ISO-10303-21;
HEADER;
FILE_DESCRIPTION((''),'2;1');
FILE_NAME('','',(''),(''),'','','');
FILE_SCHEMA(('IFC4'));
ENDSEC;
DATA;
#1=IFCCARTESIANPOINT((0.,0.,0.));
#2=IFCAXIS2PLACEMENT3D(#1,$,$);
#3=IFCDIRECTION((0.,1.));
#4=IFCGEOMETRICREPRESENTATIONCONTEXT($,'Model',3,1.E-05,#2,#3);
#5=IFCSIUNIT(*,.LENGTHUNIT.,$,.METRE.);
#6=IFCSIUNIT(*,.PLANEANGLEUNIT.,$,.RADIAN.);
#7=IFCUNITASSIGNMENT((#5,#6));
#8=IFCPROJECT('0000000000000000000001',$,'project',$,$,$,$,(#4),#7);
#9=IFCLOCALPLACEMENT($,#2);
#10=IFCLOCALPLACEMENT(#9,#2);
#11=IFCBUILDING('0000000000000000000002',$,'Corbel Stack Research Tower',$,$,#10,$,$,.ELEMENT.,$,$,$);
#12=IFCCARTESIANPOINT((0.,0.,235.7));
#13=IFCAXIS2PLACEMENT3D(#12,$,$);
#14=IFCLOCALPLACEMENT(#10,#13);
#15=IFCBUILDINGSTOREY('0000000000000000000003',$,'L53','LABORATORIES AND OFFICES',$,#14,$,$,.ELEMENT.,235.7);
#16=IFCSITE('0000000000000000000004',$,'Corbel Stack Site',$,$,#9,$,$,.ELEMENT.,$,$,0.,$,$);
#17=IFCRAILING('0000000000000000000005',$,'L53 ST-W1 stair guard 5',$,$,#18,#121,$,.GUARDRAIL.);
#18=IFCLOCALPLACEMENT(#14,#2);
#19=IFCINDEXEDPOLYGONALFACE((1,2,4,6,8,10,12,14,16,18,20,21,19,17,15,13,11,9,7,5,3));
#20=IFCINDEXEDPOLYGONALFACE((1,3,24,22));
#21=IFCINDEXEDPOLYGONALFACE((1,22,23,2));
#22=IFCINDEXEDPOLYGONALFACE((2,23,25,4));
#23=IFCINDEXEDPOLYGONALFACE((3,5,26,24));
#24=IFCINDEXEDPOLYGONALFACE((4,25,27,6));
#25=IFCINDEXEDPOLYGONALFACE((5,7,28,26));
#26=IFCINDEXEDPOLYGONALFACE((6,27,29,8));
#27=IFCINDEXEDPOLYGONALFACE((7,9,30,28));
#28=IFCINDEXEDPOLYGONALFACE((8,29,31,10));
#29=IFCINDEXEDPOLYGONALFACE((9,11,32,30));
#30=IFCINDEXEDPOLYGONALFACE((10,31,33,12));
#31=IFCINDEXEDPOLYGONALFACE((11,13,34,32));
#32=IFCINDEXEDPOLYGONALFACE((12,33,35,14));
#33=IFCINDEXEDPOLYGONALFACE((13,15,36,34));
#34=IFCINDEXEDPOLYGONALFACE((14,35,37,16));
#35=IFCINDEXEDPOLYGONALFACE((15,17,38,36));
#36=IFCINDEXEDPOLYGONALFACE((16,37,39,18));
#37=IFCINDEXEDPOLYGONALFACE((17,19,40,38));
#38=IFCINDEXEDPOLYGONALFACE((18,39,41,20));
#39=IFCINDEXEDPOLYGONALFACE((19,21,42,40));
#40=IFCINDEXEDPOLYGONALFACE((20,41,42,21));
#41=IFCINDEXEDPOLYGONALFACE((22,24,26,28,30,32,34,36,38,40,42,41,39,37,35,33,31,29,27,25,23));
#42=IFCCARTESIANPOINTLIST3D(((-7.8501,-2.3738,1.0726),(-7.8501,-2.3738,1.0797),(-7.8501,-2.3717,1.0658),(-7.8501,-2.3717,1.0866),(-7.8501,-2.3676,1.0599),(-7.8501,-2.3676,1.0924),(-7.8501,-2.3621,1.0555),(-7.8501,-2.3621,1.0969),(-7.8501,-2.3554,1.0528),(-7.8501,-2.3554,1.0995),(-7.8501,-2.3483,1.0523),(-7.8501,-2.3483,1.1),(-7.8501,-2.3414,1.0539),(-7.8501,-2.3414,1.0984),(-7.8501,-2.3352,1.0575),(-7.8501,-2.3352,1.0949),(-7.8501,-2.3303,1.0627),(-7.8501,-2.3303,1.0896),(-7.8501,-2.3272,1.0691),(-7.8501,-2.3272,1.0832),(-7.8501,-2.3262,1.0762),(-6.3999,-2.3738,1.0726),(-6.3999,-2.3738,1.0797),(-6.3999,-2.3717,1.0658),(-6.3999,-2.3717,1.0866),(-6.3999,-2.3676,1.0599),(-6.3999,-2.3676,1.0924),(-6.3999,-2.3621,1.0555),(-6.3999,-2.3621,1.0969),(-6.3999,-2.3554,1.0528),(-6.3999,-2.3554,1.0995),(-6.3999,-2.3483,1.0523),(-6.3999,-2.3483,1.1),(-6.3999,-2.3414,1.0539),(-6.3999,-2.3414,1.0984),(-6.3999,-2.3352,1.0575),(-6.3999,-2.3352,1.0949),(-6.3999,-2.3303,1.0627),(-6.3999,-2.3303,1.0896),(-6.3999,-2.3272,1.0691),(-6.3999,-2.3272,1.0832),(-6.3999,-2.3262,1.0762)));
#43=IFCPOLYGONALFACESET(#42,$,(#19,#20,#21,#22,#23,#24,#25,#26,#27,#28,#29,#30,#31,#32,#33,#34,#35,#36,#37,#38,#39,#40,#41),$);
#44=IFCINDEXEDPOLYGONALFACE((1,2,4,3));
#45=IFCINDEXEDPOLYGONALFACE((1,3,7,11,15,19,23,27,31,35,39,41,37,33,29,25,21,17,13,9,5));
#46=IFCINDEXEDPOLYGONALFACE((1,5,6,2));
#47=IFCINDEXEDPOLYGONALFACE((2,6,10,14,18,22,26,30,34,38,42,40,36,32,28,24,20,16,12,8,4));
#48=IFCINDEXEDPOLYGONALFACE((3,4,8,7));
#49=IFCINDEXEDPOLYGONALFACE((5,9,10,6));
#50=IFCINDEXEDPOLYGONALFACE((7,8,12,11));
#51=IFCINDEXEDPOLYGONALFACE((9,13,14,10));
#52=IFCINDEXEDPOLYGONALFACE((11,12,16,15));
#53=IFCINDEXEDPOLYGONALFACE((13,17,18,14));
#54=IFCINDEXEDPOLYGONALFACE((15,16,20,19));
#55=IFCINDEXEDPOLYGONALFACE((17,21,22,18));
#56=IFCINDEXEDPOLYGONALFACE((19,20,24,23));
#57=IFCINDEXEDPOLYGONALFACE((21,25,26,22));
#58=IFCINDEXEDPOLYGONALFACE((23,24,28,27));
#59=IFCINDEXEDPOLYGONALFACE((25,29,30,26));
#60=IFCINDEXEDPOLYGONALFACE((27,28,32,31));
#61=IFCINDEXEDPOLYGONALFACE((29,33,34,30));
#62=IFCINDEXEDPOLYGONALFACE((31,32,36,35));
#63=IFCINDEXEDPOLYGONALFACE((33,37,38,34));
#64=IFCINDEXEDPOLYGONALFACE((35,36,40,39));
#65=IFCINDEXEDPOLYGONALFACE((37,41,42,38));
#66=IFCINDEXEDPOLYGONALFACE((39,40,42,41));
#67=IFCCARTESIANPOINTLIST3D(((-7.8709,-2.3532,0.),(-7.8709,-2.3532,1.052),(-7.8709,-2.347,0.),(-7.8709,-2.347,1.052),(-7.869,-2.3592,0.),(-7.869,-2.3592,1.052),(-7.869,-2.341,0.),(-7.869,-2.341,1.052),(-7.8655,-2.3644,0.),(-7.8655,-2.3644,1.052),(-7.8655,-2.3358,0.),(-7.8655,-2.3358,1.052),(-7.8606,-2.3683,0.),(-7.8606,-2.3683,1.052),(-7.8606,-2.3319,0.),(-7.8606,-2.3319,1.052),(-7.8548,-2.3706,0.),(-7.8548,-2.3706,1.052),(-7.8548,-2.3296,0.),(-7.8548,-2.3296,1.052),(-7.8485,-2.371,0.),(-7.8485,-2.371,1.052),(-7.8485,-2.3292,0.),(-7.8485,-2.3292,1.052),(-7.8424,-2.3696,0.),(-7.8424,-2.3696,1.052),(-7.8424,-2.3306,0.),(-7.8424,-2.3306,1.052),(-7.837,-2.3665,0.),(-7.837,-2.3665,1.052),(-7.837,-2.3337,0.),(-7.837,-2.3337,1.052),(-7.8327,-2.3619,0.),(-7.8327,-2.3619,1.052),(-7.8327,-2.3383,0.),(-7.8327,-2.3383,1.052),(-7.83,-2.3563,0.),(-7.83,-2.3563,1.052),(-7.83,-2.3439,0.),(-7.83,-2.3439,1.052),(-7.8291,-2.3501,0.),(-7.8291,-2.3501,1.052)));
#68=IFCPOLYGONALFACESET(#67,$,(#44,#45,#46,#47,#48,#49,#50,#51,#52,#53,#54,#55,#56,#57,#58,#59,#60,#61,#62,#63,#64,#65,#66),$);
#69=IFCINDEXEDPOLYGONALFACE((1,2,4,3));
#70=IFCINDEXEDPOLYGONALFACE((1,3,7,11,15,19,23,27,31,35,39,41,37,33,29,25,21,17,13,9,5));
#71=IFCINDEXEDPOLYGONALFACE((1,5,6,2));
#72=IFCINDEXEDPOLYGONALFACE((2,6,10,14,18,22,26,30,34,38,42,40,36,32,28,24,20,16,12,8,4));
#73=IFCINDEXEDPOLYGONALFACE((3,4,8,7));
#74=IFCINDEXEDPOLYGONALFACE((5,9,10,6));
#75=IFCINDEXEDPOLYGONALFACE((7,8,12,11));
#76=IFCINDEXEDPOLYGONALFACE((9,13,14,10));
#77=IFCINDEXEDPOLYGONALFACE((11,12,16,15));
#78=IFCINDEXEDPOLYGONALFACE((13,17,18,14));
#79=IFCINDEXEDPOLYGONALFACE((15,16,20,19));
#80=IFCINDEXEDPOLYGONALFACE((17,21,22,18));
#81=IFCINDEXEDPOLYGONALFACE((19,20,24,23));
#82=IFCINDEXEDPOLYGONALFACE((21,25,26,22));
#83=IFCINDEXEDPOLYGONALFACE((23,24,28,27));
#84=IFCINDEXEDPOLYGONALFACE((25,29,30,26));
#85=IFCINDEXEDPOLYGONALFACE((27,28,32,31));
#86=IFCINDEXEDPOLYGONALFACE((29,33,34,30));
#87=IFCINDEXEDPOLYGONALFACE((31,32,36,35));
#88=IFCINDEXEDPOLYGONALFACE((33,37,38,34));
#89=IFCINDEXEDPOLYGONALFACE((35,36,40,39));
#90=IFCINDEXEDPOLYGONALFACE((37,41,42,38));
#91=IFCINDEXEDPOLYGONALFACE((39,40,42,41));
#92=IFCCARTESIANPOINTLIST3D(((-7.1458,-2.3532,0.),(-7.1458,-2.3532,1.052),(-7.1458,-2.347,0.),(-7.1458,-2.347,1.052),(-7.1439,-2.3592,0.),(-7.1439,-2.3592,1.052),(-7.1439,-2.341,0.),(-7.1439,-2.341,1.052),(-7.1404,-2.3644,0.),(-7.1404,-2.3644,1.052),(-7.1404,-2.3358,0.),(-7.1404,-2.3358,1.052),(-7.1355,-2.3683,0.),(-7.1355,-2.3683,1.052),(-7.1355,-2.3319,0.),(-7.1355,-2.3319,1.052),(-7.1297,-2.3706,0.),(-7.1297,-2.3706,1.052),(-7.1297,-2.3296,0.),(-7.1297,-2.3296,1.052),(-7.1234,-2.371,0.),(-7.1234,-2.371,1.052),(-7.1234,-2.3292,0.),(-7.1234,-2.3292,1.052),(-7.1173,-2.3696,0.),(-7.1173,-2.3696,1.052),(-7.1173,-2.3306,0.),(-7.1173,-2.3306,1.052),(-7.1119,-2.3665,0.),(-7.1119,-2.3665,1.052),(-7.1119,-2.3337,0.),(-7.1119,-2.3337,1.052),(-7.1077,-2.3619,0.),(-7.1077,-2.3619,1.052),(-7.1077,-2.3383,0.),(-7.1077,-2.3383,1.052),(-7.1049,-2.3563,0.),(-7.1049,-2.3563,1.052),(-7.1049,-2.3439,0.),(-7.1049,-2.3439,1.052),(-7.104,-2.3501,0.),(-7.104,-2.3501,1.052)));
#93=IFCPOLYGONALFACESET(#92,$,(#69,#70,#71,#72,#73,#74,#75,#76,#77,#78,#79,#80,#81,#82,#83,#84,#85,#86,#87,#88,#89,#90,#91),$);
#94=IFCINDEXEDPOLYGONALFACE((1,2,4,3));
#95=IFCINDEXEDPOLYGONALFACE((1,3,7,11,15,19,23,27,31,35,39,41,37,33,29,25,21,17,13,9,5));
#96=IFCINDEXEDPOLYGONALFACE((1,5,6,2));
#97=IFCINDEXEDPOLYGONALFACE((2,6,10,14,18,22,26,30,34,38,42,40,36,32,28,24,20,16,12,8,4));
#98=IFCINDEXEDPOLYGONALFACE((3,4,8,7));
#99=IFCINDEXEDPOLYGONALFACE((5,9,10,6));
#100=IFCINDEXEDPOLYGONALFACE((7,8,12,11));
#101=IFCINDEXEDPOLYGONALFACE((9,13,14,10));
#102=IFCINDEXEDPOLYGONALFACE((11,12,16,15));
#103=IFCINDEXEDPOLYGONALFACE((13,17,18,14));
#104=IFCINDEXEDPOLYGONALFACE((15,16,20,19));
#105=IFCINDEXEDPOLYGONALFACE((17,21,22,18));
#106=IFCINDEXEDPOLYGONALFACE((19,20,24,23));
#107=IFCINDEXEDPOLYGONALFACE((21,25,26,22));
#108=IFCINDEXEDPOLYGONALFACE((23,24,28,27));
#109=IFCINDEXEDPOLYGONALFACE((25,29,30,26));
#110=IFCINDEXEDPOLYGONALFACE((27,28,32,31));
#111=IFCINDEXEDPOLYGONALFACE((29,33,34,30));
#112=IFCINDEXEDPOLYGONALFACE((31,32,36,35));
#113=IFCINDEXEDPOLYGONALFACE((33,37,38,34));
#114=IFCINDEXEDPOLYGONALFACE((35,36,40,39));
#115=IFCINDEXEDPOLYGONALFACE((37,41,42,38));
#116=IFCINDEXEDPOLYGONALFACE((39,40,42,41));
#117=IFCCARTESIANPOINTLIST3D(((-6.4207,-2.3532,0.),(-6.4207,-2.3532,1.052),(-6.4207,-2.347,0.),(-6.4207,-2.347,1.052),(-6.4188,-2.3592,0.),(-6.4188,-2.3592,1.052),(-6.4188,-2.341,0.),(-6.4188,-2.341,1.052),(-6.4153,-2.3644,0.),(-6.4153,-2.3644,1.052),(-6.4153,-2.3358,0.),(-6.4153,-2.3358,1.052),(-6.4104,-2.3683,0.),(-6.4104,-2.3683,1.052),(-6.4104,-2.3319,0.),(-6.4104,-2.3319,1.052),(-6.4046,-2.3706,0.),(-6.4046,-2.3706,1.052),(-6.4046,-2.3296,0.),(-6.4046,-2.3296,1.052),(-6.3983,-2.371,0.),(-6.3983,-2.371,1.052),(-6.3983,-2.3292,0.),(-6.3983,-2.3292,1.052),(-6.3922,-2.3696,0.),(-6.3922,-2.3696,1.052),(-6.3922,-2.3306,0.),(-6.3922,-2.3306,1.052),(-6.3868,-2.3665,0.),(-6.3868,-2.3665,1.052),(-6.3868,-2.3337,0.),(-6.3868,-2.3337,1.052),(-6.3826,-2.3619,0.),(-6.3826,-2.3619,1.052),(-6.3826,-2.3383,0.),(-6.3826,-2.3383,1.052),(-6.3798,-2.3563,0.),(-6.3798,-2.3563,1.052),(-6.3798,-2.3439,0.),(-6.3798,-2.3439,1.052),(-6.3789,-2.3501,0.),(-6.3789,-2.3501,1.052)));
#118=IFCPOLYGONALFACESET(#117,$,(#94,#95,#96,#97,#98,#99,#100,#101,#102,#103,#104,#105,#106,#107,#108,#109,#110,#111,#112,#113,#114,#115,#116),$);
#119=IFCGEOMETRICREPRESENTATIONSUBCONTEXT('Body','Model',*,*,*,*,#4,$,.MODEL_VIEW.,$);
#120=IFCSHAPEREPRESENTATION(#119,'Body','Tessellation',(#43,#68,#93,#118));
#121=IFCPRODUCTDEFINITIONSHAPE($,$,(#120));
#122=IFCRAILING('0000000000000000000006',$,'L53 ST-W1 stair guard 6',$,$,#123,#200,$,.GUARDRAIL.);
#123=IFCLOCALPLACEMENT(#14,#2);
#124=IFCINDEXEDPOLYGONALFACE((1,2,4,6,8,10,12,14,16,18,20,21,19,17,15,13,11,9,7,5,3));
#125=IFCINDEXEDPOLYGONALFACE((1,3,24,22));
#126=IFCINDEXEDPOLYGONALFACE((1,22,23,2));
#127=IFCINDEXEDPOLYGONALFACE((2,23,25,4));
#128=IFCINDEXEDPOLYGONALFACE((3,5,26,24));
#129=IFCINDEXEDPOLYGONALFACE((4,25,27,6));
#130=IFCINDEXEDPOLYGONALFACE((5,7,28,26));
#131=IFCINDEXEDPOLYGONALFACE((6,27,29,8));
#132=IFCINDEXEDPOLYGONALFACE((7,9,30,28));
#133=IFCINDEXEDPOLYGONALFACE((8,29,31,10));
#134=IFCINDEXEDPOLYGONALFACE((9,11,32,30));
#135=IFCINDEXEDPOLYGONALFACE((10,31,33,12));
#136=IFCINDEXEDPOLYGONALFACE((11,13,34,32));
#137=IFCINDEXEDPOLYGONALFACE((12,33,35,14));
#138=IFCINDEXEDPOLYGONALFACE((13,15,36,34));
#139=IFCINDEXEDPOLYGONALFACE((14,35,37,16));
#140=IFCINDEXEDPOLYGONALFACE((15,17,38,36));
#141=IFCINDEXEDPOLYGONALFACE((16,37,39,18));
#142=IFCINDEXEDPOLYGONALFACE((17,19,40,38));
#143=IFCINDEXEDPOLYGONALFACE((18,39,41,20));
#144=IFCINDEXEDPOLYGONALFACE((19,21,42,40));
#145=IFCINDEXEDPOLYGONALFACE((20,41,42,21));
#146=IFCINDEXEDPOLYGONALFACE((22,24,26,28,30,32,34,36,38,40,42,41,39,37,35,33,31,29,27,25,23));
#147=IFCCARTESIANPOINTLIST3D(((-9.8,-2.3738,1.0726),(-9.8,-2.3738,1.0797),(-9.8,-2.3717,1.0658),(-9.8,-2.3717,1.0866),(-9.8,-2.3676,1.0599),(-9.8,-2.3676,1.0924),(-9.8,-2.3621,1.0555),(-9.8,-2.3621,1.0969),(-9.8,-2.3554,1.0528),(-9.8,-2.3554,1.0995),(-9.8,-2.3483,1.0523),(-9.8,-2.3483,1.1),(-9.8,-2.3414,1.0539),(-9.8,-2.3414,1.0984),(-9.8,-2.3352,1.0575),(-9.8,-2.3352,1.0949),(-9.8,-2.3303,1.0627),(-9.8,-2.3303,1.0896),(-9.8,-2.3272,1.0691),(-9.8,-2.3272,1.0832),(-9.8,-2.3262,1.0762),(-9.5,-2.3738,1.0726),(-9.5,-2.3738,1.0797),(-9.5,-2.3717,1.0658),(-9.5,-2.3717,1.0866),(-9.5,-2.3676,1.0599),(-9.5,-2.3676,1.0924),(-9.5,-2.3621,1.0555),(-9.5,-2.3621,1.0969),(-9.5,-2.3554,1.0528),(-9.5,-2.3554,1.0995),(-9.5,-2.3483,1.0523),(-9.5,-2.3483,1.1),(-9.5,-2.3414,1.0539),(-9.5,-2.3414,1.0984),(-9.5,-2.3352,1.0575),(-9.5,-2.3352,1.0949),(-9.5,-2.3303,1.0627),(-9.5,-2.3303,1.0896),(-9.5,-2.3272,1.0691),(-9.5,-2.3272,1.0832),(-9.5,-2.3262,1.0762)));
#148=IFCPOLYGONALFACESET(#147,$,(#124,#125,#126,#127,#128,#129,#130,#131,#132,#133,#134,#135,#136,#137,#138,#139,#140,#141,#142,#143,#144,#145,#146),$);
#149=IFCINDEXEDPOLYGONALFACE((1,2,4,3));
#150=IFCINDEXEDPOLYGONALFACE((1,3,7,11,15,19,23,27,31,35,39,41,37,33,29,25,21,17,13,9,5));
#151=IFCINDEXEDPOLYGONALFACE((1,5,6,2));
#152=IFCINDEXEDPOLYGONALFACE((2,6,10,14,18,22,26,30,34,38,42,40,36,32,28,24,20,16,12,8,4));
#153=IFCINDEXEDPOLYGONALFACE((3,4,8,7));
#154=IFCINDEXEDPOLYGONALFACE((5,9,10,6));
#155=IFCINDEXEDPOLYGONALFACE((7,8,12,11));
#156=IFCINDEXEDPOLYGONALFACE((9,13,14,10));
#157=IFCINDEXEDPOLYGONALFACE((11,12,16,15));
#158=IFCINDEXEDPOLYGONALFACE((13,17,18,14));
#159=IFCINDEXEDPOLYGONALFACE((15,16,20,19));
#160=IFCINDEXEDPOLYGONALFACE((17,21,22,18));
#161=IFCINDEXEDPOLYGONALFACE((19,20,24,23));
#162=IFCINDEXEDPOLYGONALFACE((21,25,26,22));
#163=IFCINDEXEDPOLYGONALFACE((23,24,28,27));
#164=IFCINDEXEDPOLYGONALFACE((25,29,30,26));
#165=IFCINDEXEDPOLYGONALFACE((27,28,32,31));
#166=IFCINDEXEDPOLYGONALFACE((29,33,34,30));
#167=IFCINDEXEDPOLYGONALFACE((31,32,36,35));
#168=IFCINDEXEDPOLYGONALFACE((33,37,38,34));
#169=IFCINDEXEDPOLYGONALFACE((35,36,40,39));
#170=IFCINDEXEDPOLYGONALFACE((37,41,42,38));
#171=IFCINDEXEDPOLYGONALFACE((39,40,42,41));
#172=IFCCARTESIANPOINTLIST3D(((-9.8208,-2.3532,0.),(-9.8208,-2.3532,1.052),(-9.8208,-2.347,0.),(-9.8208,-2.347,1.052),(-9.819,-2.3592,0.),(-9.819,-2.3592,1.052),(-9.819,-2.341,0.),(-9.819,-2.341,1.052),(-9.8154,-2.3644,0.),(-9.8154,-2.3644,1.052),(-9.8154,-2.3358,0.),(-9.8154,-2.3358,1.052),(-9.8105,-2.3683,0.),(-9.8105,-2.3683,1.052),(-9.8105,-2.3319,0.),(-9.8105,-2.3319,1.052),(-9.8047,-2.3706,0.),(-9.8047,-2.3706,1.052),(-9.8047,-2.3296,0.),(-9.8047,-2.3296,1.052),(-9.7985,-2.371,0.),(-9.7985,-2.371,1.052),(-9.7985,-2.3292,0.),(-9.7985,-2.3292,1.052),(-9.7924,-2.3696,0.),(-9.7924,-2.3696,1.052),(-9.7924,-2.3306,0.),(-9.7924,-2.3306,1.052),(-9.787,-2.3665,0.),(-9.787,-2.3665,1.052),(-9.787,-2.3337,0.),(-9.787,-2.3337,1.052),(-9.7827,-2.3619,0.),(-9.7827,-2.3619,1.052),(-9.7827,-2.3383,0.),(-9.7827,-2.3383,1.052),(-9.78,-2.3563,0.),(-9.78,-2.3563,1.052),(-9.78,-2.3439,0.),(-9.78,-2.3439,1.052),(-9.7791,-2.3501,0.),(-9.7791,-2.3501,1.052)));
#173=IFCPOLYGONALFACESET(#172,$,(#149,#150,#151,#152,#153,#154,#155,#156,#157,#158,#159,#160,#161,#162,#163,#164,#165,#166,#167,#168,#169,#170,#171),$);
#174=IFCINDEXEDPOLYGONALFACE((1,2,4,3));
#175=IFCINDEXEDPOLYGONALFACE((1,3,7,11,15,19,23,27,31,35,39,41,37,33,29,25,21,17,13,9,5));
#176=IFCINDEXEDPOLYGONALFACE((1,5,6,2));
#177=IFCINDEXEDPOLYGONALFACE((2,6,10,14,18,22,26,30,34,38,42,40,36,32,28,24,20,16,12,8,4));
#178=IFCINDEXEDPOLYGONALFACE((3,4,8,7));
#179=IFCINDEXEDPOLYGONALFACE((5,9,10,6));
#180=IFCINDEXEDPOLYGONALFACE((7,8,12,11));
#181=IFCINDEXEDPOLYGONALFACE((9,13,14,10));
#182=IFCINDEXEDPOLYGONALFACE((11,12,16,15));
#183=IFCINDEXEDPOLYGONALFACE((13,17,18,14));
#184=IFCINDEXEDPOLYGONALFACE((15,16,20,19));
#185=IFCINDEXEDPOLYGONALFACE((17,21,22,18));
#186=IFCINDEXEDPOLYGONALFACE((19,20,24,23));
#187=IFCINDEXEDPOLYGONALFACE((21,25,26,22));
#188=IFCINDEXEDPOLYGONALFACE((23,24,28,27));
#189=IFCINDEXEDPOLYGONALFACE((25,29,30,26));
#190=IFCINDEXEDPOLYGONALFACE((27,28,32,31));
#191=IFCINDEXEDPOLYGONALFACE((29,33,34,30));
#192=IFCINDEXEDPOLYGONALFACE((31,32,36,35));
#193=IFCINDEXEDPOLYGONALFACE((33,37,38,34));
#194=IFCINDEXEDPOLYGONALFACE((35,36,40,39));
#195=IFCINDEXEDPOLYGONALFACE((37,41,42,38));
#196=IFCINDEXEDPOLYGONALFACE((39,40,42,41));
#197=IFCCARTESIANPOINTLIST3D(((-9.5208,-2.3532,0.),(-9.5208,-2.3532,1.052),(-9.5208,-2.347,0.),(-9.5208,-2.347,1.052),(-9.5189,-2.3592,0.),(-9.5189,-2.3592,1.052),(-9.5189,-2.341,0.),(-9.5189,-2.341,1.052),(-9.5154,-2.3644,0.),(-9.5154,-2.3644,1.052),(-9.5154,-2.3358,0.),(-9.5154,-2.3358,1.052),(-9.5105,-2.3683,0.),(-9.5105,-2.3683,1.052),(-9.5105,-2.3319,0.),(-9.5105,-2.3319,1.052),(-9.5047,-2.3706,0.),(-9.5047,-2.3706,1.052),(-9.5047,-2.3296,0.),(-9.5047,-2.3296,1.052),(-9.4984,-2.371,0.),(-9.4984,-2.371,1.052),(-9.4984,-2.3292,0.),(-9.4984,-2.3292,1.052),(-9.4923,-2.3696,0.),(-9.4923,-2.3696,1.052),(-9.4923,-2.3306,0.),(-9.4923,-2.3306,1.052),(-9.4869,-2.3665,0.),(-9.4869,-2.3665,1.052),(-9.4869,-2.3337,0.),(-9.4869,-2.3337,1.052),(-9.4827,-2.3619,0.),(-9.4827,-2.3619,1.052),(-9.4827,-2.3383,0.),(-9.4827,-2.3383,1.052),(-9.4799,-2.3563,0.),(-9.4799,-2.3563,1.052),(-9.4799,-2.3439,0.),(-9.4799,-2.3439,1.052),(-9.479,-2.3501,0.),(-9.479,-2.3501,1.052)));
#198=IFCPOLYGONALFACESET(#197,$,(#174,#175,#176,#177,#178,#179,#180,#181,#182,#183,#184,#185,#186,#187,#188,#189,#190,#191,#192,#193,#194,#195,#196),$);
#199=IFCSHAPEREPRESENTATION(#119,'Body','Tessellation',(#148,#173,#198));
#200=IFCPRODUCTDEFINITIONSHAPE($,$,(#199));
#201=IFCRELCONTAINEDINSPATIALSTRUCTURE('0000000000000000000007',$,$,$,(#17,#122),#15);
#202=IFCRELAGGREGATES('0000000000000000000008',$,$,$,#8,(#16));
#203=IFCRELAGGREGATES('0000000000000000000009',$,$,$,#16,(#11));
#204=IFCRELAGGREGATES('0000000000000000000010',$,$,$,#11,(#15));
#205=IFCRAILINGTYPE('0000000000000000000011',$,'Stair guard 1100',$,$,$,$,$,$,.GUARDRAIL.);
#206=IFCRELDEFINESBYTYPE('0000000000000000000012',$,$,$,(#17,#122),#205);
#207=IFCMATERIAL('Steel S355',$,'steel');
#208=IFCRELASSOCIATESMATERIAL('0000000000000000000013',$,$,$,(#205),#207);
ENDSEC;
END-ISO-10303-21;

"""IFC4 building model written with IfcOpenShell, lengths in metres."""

from ifc_helpers import new_model, si_unit, direction, frame, origin, origin_2d, place, context, subcontext, project, spatial, circle, extrude, material, type_object, element, save


model = new_model("IFC4")

# Units and contexts
model_context = context("Model", 3, precision=1e-05, world=origin(), true_north=direction((0.0, 1.0)))
body_context = subcontext(model_context, "Body", "Model", "MODEL_VIEW")
ifc_project = project(units=[si_unit("LENGTHUNIT", "METRE"), si_unit("PLANEANGLEUNIT", "RADIAN")], contexts=[model_context])

# Site, building, storey
site_placement = place(None, origin())
site = spatial("IfcSite", under=ifc_project, at=site_placement, Name="Corbel Stack Site", CompositionType="ELEMENT", RefElevation=0.0)
building_placement = place(site_placement, origin())
building = spatial("IfcBuilding", under=site, at=building_placement, Name="Corbel Stack Research Tower", CompositionType="ELEMENT")
storey_placement = place(building_placement, frame((0.0, 0.0, 235.7)))
storey = spatial("IfcBuildingStorey", under=building, at=storey_placement, Name="L53", Description="LABORATORIES AND OFFICES", CompositionType="ELEMENT", Elevation=235.7)

# Railings
ifc_material_1 = material(Name="Steel S355", Category="steel")
railing_type_1 = type_object("IfcRailingType", Name="Stair guard 1100", PredefinedType="GUARDRAIL", material=ifc_material_1)
railing_1_placement = place(storey_placement, frame((-7.8501, -2.3501, 0.0)))
element("IfcRailing", 1, at=railing_1_placement, inside=storey, type_object=railing_type_1, Name="L53 ST-W1 stair guard 5", PredefinedType="GUARDRAIL", context=body_context, shape_type="SweptSolid", body=[
    extrude(circle(Radius=0.0239, at=origin_2d()), frame((0.0, 0.0, 1.0762), z_axis=(1.0, 0.0, 0.0), x_axis=(0.0, 1.0, 0.0)), (0.0, 0.0, 1.0), 1.4502),
    extrude(circle(Radius=0.021, at=origin_2d()), origin(), (0.0, 0.0, 1.0), 1.052),
    extrude(circle(Radius=0.021, at=origin_2d()), frame((0.7251, 0.0, 0.0)), (0.0, 0.0, 1.0), 1.052),
    extrude(circle(Radius=0.021, at=origin_2d()), frame((1.4502, 0.0, 0.0)), (0.0, 0.0, 1.0), 1.052),
])
railing_2_placement = place(storey_placement, frame((-9.8, -2.3501, 0.0)))
element("IfcRailing", 2, at=railing_2_placement, inside=storey, type_object=railing_type_1, Name="L53 ST-W1 stair guard 6", PredefinedType="GUARDRAIL", context=body_context, shape_type="SweptSolid", body=[
    extrude(circle(Radius=0.0239, at=origin_2d()), frame((0.0, 0.0, 1.0762), z_axis=(1.0, 0.0, 0.0), x_axis=(0.0, 1.0, 0.0)), (0.0, 0.0, 1.0), 0.3),
    extrude(circle(Radius=0.021, at=origin_2d()), origin(), (0.0, 0.0, 1.0), 1.052),
    extrude(circle(Radius=0.021, at=origin_2d()), frame((0.3, 0.0, 0.0)), (0.0, 0.0, 1.0), 1.052),
])

save(model, "model.ifc")
